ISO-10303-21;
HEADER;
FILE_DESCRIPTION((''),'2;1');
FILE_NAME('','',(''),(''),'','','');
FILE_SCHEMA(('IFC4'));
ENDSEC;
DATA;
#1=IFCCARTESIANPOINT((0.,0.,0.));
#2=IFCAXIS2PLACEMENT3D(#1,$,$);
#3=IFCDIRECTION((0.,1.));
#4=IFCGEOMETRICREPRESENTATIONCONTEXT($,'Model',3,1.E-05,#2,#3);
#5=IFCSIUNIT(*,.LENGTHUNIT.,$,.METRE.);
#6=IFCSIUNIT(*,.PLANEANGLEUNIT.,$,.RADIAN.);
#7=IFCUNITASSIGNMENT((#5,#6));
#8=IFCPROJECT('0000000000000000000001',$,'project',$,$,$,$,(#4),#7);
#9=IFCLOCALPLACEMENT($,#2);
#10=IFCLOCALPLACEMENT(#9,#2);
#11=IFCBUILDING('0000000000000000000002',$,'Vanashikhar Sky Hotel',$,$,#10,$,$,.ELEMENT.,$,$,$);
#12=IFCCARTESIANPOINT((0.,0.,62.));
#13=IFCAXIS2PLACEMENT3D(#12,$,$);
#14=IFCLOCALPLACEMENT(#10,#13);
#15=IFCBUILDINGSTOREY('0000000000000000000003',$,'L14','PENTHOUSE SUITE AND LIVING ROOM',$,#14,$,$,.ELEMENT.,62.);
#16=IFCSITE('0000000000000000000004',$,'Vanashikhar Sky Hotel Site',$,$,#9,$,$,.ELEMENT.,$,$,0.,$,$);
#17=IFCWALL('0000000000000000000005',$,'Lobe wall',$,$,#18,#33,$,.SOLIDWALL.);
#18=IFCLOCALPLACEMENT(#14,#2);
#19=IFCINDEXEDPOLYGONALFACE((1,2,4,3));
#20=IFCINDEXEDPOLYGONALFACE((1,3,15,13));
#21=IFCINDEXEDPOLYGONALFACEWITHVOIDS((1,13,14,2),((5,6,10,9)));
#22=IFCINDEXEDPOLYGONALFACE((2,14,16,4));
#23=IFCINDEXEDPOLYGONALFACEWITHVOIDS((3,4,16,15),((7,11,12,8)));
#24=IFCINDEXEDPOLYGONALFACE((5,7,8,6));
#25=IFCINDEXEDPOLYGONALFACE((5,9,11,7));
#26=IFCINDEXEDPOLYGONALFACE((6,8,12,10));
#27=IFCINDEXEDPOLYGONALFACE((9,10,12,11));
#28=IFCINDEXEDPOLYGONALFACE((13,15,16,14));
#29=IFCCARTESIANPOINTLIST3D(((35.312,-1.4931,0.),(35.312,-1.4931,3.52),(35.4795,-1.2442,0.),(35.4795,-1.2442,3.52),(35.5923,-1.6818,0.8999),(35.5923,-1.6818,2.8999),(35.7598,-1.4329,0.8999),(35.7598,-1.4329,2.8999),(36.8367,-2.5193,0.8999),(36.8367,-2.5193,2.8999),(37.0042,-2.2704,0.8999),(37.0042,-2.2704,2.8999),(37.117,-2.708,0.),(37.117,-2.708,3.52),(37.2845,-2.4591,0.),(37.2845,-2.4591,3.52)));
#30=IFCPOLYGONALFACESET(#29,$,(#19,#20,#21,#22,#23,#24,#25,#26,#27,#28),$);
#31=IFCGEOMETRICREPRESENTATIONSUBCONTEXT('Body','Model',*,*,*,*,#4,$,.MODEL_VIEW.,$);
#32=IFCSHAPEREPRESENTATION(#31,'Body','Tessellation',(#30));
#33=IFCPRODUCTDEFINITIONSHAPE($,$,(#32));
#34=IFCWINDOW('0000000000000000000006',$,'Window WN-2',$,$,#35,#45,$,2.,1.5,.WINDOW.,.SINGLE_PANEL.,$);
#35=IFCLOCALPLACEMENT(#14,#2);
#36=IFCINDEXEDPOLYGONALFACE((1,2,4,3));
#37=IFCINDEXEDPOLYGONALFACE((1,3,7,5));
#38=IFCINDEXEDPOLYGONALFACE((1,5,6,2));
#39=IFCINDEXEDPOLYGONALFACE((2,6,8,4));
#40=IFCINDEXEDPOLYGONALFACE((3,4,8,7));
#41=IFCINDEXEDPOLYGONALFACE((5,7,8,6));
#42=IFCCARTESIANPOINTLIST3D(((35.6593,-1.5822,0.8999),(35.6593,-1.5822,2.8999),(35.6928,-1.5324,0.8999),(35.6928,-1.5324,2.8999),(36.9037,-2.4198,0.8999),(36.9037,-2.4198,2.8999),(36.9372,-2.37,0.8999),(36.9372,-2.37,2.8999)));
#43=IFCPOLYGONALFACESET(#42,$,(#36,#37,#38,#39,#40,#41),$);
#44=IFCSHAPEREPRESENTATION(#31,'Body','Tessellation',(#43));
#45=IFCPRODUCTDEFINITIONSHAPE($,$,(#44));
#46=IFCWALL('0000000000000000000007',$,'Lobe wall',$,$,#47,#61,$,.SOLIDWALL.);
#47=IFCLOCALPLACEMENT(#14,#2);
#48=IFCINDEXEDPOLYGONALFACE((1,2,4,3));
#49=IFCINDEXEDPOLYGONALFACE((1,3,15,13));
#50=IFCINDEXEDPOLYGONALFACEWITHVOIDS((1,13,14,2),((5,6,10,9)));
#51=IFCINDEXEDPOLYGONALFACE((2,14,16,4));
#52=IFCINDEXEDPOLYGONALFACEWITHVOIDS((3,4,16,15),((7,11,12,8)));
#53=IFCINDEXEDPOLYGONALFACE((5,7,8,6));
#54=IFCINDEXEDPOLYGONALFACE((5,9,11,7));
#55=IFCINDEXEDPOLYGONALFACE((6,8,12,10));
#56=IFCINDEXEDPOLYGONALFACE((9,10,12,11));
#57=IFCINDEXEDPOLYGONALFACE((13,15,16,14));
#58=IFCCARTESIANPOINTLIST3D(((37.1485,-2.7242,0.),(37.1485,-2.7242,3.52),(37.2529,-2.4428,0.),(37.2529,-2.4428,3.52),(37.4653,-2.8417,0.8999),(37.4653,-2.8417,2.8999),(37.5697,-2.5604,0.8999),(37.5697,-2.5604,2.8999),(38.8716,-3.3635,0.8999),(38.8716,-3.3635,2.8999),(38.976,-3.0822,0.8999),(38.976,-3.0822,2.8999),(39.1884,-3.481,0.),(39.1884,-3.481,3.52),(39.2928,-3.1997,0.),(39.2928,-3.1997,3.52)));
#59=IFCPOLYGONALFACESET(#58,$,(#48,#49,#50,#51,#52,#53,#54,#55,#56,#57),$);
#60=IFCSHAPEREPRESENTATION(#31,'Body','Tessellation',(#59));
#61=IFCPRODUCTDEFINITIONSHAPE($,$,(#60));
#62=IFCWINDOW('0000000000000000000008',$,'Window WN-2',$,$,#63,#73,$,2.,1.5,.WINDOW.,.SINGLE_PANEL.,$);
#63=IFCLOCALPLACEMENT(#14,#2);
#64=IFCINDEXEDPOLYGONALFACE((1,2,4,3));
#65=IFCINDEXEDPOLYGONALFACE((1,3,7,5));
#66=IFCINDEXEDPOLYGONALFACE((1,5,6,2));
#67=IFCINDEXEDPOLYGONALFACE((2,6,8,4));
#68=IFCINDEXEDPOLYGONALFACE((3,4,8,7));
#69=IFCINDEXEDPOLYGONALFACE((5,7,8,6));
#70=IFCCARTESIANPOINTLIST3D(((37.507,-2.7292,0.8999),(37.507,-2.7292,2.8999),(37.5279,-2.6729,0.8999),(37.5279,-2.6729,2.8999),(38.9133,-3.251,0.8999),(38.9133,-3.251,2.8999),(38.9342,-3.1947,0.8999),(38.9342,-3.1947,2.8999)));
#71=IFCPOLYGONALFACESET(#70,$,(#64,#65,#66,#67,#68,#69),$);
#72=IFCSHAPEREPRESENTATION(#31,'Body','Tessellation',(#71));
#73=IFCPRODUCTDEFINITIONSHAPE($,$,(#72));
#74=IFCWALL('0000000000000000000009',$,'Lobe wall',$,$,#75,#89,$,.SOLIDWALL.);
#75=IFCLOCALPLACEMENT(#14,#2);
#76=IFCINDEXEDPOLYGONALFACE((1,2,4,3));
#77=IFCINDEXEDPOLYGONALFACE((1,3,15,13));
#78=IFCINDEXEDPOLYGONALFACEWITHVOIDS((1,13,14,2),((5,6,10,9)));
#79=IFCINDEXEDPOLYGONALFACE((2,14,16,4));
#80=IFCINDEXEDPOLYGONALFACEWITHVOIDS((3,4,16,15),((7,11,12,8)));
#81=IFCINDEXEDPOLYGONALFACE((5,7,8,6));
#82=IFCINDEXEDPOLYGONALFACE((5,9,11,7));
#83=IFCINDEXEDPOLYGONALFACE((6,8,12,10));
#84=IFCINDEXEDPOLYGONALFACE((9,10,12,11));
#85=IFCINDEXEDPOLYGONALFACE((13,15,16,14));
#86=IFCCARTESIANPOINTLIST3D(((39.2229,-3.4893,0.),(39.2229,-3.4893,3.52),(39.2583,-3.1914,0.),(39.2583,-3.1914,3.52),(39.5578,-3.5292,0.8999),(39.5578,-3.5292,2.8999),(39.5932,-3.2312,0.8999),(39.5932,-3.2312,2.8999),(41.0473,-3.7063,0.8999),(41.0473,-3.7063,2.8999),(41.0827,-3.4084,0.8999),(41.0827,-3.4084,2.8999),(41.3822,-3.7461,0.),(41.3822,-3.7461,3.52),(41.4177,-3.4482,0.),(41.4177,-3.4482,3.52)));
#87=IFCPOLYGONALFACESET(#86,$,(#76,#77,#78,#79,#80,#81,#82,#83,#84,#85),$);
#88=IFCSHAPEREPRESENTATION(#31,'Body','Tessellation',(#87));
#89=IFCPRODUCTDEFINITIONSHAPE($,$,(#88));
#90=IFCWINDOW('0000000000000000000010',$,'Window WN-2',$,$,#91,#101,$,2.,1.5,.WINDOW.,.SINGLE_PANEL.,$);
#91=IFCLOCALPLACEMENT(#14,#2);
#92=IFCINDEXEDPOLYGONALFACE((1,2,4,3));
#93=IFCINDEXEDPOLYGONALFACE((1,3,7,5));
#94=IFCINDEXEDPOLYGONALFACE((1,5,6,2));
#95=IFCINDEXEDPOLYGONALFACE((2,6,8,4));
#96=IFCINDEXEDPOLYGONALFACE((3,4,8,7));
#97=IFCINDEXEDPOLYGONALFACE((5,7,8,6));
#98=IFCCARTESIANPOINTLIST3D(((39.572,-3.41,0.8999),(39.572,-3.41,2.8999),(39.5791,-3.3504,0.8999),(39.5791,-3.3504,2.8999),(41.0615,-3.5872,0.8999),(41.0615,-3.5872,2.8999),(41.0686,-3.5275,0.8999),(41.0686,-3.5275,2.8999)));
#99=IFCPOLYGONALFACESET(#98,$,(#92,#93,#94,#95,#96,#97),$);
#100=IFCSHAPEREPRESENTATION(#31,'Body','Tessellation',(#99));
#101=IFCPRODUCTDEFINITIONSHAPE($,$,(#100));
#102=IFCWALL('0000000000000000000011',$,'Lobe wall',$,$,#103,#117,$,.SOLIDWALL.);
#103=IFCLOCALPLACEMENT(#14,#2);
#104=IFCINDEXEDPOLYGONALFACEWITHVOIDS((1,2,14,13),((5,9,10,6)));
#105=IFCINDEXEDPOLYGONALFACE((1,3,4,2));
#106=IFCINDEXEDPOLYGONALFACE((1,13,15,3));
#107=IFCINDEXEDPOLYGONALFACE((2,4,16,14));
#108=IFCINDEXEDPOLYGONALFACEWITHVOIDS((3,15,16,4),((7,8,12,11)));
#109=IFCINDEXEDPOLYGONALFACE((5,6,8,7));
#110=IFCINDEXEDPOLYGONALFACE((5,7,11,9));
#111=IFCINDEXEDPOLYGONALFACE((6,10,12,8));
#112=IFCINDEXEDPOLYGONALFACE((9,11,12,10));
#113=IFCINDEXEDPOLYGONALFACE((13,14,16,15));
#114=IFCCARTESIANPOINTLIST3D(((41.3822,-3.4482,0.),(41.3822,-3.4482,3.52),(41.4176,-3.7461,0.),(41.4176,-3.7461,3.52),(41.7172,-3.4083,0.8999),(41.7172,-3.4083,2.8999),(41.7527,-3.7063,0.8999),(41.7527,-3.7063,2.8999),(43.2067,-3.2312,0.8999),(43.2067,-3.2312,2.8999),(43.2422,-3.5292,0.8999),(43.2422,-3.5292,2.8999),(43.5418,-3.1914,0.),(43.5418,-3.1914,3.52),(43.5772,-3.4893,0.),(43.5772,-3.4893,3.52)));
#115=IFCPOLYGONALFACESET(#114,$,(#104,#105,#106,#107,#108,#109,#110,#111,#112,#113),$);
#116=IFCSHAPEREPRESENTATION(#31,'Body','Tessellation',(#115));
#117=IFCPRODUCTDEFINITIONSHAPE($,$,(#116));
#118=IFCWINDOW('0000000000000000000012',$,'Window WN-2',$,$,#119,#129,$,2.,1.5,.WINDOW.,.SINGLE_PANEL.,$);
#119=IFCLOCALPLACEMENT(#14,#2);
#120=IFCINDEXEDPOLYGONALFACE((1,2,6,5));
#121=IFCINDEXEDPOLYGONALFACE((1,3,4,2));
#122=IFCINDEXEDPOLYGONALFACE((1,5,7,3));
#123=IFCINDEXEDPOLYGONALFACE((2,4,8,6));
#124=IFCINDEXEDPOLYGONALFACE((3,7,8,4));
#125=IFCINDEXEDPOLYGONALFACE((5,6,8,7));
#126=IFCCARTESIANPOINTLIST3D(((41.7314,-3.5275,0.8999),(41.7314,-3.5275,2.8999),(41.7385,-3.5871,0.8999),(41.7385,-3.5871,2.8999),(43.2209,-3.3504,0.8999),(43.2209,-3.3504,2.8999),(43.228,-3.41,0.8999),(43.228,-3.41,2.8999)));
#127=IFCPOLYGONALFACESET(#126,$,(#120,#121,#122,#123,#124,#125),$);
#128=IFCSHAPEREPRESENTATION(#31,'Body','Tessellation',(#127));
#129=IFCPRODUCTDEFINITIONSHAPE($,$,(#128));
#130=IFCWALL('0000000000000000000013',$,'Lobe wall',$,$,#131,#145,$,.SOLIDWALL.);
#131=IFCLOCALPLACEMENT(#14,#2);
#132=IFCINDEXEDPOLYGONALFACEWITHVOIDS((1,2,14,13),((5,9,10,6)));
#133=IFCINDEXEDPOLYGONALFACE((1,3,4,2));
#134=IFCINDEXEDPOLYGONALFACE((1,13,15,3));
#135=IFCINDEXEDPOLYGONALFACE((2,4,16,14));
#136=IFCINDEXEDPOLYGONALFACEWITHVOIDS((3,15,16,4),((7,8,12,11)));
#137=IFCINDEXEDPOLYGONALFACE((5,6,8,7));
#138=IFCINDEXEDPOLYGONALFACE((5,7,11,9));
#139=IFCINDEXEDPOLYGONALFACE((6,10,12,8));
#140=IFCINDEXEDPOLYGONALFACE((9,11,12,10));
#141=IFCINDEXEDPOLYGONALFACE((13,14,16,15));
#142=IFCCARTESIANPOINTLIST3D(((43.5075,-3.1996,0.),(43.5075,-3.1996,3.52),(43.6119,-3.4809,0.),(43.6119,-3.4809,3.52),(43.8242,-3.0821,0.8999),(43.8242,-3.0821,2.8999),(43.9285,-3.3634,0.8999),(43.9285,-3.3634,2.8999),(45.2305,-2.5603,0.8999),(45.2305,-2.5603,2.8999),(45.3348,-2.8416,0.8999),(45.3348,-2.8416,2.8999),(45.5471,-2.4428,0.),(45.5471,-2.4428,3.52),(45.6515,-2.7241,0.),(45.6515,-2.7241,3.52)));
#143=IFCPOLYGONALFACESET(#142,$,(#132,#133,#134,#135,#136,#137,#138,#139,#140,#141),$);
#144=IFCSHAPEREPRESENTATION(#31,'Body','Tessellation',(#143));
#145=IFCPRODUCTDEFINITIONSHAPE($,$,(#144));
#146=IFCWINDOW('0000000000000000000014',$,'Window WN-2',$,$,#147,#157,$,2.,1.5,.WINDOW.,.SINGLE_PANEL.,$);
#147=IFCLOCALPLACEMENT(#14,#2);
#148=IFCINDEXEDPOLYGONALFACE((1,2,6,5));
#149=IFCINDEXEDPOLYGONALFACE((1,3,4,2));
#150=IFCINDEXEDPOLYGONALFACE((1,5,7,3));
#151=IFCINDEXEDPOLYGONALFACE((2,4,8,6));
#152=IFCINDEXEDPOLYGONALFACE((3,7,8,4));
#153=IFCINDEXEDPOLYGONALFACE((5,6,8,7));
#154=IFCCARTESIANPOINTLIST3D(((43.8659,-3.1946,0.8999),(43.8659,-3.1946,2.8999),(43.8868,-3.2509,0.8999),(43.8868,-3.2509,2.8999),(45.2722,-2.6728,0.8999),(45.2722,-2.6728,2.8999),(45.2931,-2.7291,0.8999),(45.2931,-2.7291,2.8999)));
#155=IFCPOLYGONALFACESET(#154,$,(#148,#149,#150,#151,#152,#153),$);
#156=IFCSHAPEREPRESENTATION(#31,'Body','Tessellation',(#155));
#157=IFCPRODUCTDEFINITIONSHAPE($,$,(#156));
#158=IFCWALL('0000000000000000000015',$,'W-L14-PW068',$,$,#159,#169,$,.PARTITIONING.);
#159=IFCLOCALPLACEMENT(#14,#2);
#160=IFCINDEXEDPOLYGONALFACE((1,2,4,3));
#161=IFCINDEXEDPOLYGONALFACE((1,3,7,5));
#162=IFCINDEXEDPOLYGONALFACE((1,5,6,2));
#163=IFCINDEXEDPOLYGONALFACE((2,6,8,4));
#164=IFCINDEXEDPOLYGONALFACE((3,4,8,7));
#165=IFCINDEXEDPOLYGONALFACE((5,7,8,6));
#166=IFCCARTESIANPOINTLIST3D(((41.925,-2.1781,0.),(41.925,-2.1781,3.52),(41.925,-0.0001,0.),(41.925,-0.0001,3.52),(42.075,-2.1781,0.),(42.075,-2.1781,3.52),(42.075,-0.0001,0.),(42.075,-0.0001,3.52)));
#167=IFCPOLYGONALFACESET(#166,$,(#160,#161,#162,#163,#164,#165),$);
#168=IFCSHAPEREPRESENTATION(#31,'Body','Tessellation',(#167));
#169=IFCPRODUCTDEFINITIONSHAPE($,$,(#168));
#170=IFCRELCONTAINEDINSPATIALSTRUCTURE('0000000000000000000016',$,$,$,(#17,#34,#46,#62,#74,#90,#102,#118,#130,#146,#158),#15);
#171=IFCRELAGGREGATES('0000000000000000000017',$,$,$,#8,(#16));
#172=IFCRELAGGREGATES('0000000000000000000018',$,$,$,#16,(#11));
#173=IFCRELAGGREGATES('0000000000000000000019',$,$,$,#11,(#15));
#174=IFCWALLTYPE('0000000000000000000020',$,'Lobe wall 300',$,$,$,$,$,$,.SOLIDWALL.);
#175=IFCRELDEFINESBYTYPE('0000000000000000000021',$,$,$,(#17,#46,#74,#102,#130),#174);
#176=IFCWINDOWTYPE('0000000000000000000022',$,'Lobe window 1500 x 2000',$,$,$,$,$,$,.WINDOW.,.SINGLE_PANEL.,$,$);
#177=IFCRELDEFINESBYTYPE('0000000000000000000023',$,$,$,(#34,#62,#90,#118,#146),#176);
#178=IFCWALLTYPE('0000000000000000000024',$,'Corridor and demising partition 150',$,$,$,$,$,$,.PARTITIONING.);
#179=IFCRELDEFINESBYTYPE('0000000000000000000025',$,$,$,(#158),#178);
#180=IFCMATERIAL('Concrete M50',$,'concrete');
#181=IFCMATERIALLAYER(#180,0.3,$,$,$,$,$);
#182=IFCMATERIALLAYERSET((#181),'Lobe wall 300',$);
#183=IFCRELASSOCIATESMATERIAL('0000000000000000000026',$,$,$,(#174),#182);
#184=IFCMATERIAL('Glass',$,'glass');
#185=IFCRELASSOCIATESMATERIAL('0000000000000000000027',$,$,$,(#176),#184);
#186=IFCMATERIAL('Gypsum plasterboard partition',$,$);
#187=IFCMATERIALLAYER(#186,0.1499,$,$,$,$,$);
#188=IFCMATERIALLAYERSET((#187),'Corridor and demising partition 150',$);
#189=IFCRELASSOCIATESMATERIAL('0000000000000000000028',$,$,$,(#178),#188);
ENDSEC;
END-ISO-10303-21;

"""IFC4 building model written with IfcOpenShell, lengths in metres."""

from ifc_helpers import new_model, si_unit, direction, frame, frame_2d, origin, place, context, subcontext, project, spatial, rectangle, extrude, source, transform, mapped, material, layer, layer_set, type_object, element, fill, save


model = new_model("IFC4")

# Units and contexts
model_context = context("Model", 3, precision=1e-05, world=origin(), true_north=direction((0.0, 1.0)))
body_context = subcontext(model_context, "Body", "Model", "MODEL_VIEW")
ifc_project = project(units=[si_unit("LENGTHUNIT", "METRE"), si_unit("PLANEANGLEUNIT", "RADIAN")], contexts=[model_context])

# Site, building, storey
site_placement = place(None, origin())
site = spatial("IfcSite", under=ifc_project, at=site_placement, Name="Vanashikhar Sky Hotel Site", CompositionType="ELEMENT", RefElevation=0.0)
building_placement = place(site_placement, origin())
building = spatial("IfcBuilding", under=site, at=building_placement, Name="Vanashikhar Sky Hotel", CompositionType="ELEMENT")
storey_placement = place(building_placement, frame((0.0, 0.0, 62.0)))
storey = spatial("IfcBuildingStorey", under=building, at=storey_placement, Name="L14", Description="PENTHOUSE SUITE AND LIVING ROOM", CompositionType="ELEMENT", Elevation=62.0)

# Walls, openings, windows
ifc_material_1 = material(Name="Concrete M50", Category="concrete")
ifc_layer_1 = layer(ifc_material_1, 0.3)
ifc_layer_set_1 = layer_set([ifc_layer_1], Name="Lobe wall 300")
wall_type_1 = type_object("IfcWallType", Name="Lobe wall 300", PredefinedType="SOLIDWALL", material=ifc_layer_set_1)
shared_shape_1 = source(origin(), body_context, "Body", "SweptSolid", [
    extrude(rectangle(XDim=2.1758, YDim=0.3, at=frame_2d((1.0879, 0.0))), origin(), (0.0, 0.0, 1.0), 3.52),
])
wall_1_placement = place(storey_placement, frame((35.3958, -1.3687, 0.0), z_axis=(0.0, 0.0, 1.0), x_axis=(0.829591, -0.558372, 0.0)))
wall_1 = element("IfcWall", 1, at=wall_1_placement, inside=storey, type_object=wall_type_1, Name="Lobe wall", PredefinedType="SOLIDWALL", context=body_context, shape_type="MappedRepresentation", body=[
    mapped(shared_shape_1, transform((0.0, 0.0, 0.0), scale=1.0)),
])
shared_shape_2 = source(origin(), body_context, "Body", "SweptSolid", [
    extrude(rectangle(XDim=1.5, YDim=2.0, at=frame_2d((0.75, 1.0))), frame((0.0, 0.1602, 0.0), z_axis=(0.0, -1.0, 0.0), x_axis=(1.0, 0.0, 0.0)), (0.0, 0.0, 1.0), 0.3201),
])
opening_1_placement = place(wall_1_placement, frame((0.3379, 0.0, 0.8999)))
opening_1 = element("IfcOpeningElement", 2, at=opening_1_placement, cuts=wall_1, PredefinedType="OPENING", context=body_context, shape_type="MappedRepresentation", body=[
    mapped(shared_shape_2, transform((0.0, 0.0, 0.0), scale=1.0)),
])
ifc_material_2 = material(Name="Glass", Category="glass")
window_type = type_object("IfcWindowType", Name="Lobe window 1500 x 2000", PartitioningType="SINGLE_PANEL", PredefinedType="WINDOW", material=ifc_material_2)
shared_shape_3 = source(origin(), body_context, "Body", "SweptSolid", [
    extrude(rectangle(XDim=1.5, YDim=2.0, at=frame_2d((0.75, 1.0))), frame((0.0, 0.03, 0.0), z_axis=(0.0, -1.0, 0.0), x_axis=(1.0, 0.0, 0.0)), (0.0, 0.0, 1.0), 0.0601),
])
window_1_placement = place(opening_1_placement, origin())
window_1 = element("IfcWindow", 3, at=window_1_placement, inside=storey, type_object=window_type, Name="Window WN-2", OverallHeight=2.0, OverallWidth=1.5, PartitioningType="SINGLE_PANEL", PredefinedType="WINDOW", context=body_context, shape_type="MappedRepresentation", body=[
    mapped(shared_shape_3, transform((0.0, 0.0, 0.0), scale=1.0)),
])
fill(opening_1, window_1)
wall_2_placement = place(storey_placement, frame((37.2007, -2.5835, 0.0), z_axis=(0.0, 0.0, 1.0), x_axis=(0.937546, -0.347863, 0.0)))
wall_2 = element("IfcWall", 4, at=wall_2_placement, inside=storey, type_object=wall_type_1, Name="Lobe wall", PredefinedType="SOLIDWALL", context=body_context, shape_type="MappedRepresentation", body=[
    mapped(shared_shape_1, transform((0.0, 0.0, 0.0), scale=1.0)),
])
opening_2_placement = place(wall_2_placement, frame((0.3379, 0.0, 0.8999)))
opening_2 = element("IfcOpeningElement", 5, at=opening_2_placement, cuts=wall_2, PredefinedType="OPENING", context=body_context, shape_type="MappedRepresentation", body=[
    mapped(shared_shape_2, transform((0.0, 0.0, 0.0), scale=1.0)),
])
window_2_placement = place(opening_2_placement, origin())
window_2 = element("IfcWindow", 6, at=window_2_placement, inside=storey, type_object=window_type, Name="Window WN-2", OverallHeight=2.0, OverallWidth=1.5, PartitioningType="SINGLE_PANEL", PredefinedType="WINDOW", context=body_context, shape_type="MappedRepresentation", body=[
    mapped(shared_shape_3, transform((0.0, 0.0, 0.0), scale=1.0)),
])
fill(opening_2, window_2)
shared_shape_4 = source(origin(), body_context, "Body", "SweptSolid", [
    extrude(rectangle(XDim=2.1746, YDim=0.3, at=frame_2d((1.0874, 0.0))), origin(), (0.0, 0.0, 1.0), 3.52),
])
wall_3_placement = place(storey_placement, frame((39.2405, -3.3403, 0.0), z_axis=(0.0, 0.0, 1.0), x_axis=(0.993001, -0.118105, 0.0)))
wall_3 = element("IfcWall", 7, at=wall_3_placement, inside=storey, type_object=wall_type_1, Name="Lobe wall", PredefinedType="SOLIDWALL", context=body_context, shape_type="MappedRepresentation", body=[
    mapped(shared_shape_4, transform((0.0, 0.0, 0.0), scale=1.0)),
])
opening_3_placement = place(wall_3_placement, frame((0.3374, 0.0, 0.8999)))
opening_3 = element("IfcOpeningElement", 8, at=opening_3_placement, cuts=wall_3, PredefinedType="OPENING", context=body_context, shape_type="MappedRepresentation", body=[
    mapped(shared_shape_2, transform((0.0, 0.0, 0.0), scale=1.0)),
])
window_3_placement = place(opening_3_placement, origin())
window_3 = element("IfcWindow", 9, at=window_3_placement, inside=storey, type_object=window_type, Name="Window WN-2", OverallHeight=2.0, OverallWidth=1.5, PartitioningType="SINGLE_PANEL", PredefinedType="WINDOW", context=body_context, shape_type="MappedRepresentation", body=[
    mapped(shared_shape_3, transform((0.0, 0.0, 0.0), scale=1.0)),
])
fill(opening_3, window_3)
shared_shape_5 = source(origin(), body_context, "Body", "SweptSolid", [
    extrude(rectangle(XDim=2.1748, YDim=0.3, at=frame_2d((1.0874, 0.0))), origin(), (0.0, 0.0, 1.0), 3.52),
])
wall_4_placement = place(storey_placement, frame((41.3999, -3.5972, 0.0), z_axis=(0.0, 0.0, 1.0), x_axis=(0.993003, 0.118092, 0.0)))
wall_4 = element("IfcWall", 10, at=wall_4_placement, inside=storey, type_object=wall_type_1, Name="Lobe wall", PredefinedType="SOLIDWALL", context=body_context, shape_type="MappedRepresentation", body=[
    mapped(shared_shape_5, transform((0.0, 0.0, 0.0), scale=1.0)),
])
opening_4_placement = place(wall_4_placement, frame((0.3374, 0.0, 0.8999)))
opening_4 = element("IfcOpeningElement", 11, at=opening_4_placement, cuts=wall_4, PredefinedType="OPENING", context=body_context, shape_type="MappedRepresentation", body=[
    mapped(shared_shape_2, transform((0.0, 0.0, 0.0), scale=1.0)),
])
window_4_placement = place(opening_4_placement, origin())
window_4 = element("IfcWindow", 12, at=window_4_placement, inside=storey, type_object=window_type, Name="Window WN-2", OverallHeight=2.0, OverallWidth=1.5, PartitioningType="SINGLE_PANEL", PredefinedType="WINDOW", context=body_context, shape_type="MappedRepresentation", body=[
    mapped(shared_shape_3, transform((0.0, 0.0, 0.0), scale=1.0)),
])
fill(opening_4, window_4)
shared_shape_6 = source(origin(), body_context, "Body", "SweptSolid", [
    extrude(rectangle(XDim=2.1755, YDim=0.3, at=frame_2d((1.0879, 0.0))), origin(), (0.0, 0.0, 1.0), 3.52),
])
wall_5_placement = place(storey_placement, frame((43.5596, -3.3403, 0.0), z_axis=(0.0, 0.0, 1.0), x_axis=(0.937532, 0.347899, 0.0)))
wall_5 = element("IfcWall", 13, at=wall_5_placement, inside=storey, type_object=wall_type_1, Name="Lobe wall", PredefinedType="SOLIDWALL", context=body_context, shape_type="MappedRepresentation", body=[
    mapped(shared_shape_6, transform((0.0, 0.0, 0.0), scale=1.0)),
])
opening_5_placement = place(wall_5_placement, frame((0.3379, 0.0, 0.8999)))
opening_5 = element("IfcOpeningElement", 14, at=opening_5_placement, cuts=wall_5, PredefinedType="OPENING", context=body_context, shape_type="MappedRepresentation", body=[
    mapped(shared_shape_2, transform((0.0, 0.0, 0.0), scale=1.0)),
])
window_5_placement = place(opening_5_placement, origin())
window_5 = element("IfcWindow", 15, at=window_5_placement, inside=storey, type_object=window_type, Name="Window WN-2", OverallHeight=2.0, OverallWidth=1.5, PartitioningType="SINGLE_PANEL", PredefinedType="WINDOW", context=body_context, shape_type="MappedRepresentation", body=[
    mapped(shared_shape_3, transform((0.0, 0.0, 0.0), scale=1.0)),
])
fill(opening_5, window_5)

# Wall
ifc_material_3 = material(Name="Gypsum plasterboard partition")
ifc_layer_2 = layer(ifc_material_3, 0.1499)
ifc_layer_set_2 = layer_set([ifc_layer_2], Name="Corridor and demising partition 150")
wall_type_2 = type_object("IfcWallType", Name="Corridor and demising partition 150", PredefinedType="PARTITIONING", material=ifc_layer_set_2)
shared_shape_7 = source(origin(), body_context, "Body", "SweptSolid", [
    extrude(rectangle(XDim=2.178, YDim=0.1499, at=frame_2d((1.0889, 0.0))), origin(), (0.0, 0.0, 1.0), 3.52),
])
wall_6_placement = place(storey_placement, frame((42.0, -2.178, 0.0), z_axis=(0.0, 0.0, 1.0), x_axis=(0.0, 1.0, 0.0)))
element("IfcWall", 16, at=wall_6_placement, inside=storey, type_object=wall_type_2, Name="W-L14-PW068", PredefinedType="PARTITIONING", context=body_context, shape_type="MappedRepresentation", body=[
    mapped(shared_shape_7, transform((0.0, 0.0, 0.0), scale=1.0)),
])

save(model, "model.ifc")
